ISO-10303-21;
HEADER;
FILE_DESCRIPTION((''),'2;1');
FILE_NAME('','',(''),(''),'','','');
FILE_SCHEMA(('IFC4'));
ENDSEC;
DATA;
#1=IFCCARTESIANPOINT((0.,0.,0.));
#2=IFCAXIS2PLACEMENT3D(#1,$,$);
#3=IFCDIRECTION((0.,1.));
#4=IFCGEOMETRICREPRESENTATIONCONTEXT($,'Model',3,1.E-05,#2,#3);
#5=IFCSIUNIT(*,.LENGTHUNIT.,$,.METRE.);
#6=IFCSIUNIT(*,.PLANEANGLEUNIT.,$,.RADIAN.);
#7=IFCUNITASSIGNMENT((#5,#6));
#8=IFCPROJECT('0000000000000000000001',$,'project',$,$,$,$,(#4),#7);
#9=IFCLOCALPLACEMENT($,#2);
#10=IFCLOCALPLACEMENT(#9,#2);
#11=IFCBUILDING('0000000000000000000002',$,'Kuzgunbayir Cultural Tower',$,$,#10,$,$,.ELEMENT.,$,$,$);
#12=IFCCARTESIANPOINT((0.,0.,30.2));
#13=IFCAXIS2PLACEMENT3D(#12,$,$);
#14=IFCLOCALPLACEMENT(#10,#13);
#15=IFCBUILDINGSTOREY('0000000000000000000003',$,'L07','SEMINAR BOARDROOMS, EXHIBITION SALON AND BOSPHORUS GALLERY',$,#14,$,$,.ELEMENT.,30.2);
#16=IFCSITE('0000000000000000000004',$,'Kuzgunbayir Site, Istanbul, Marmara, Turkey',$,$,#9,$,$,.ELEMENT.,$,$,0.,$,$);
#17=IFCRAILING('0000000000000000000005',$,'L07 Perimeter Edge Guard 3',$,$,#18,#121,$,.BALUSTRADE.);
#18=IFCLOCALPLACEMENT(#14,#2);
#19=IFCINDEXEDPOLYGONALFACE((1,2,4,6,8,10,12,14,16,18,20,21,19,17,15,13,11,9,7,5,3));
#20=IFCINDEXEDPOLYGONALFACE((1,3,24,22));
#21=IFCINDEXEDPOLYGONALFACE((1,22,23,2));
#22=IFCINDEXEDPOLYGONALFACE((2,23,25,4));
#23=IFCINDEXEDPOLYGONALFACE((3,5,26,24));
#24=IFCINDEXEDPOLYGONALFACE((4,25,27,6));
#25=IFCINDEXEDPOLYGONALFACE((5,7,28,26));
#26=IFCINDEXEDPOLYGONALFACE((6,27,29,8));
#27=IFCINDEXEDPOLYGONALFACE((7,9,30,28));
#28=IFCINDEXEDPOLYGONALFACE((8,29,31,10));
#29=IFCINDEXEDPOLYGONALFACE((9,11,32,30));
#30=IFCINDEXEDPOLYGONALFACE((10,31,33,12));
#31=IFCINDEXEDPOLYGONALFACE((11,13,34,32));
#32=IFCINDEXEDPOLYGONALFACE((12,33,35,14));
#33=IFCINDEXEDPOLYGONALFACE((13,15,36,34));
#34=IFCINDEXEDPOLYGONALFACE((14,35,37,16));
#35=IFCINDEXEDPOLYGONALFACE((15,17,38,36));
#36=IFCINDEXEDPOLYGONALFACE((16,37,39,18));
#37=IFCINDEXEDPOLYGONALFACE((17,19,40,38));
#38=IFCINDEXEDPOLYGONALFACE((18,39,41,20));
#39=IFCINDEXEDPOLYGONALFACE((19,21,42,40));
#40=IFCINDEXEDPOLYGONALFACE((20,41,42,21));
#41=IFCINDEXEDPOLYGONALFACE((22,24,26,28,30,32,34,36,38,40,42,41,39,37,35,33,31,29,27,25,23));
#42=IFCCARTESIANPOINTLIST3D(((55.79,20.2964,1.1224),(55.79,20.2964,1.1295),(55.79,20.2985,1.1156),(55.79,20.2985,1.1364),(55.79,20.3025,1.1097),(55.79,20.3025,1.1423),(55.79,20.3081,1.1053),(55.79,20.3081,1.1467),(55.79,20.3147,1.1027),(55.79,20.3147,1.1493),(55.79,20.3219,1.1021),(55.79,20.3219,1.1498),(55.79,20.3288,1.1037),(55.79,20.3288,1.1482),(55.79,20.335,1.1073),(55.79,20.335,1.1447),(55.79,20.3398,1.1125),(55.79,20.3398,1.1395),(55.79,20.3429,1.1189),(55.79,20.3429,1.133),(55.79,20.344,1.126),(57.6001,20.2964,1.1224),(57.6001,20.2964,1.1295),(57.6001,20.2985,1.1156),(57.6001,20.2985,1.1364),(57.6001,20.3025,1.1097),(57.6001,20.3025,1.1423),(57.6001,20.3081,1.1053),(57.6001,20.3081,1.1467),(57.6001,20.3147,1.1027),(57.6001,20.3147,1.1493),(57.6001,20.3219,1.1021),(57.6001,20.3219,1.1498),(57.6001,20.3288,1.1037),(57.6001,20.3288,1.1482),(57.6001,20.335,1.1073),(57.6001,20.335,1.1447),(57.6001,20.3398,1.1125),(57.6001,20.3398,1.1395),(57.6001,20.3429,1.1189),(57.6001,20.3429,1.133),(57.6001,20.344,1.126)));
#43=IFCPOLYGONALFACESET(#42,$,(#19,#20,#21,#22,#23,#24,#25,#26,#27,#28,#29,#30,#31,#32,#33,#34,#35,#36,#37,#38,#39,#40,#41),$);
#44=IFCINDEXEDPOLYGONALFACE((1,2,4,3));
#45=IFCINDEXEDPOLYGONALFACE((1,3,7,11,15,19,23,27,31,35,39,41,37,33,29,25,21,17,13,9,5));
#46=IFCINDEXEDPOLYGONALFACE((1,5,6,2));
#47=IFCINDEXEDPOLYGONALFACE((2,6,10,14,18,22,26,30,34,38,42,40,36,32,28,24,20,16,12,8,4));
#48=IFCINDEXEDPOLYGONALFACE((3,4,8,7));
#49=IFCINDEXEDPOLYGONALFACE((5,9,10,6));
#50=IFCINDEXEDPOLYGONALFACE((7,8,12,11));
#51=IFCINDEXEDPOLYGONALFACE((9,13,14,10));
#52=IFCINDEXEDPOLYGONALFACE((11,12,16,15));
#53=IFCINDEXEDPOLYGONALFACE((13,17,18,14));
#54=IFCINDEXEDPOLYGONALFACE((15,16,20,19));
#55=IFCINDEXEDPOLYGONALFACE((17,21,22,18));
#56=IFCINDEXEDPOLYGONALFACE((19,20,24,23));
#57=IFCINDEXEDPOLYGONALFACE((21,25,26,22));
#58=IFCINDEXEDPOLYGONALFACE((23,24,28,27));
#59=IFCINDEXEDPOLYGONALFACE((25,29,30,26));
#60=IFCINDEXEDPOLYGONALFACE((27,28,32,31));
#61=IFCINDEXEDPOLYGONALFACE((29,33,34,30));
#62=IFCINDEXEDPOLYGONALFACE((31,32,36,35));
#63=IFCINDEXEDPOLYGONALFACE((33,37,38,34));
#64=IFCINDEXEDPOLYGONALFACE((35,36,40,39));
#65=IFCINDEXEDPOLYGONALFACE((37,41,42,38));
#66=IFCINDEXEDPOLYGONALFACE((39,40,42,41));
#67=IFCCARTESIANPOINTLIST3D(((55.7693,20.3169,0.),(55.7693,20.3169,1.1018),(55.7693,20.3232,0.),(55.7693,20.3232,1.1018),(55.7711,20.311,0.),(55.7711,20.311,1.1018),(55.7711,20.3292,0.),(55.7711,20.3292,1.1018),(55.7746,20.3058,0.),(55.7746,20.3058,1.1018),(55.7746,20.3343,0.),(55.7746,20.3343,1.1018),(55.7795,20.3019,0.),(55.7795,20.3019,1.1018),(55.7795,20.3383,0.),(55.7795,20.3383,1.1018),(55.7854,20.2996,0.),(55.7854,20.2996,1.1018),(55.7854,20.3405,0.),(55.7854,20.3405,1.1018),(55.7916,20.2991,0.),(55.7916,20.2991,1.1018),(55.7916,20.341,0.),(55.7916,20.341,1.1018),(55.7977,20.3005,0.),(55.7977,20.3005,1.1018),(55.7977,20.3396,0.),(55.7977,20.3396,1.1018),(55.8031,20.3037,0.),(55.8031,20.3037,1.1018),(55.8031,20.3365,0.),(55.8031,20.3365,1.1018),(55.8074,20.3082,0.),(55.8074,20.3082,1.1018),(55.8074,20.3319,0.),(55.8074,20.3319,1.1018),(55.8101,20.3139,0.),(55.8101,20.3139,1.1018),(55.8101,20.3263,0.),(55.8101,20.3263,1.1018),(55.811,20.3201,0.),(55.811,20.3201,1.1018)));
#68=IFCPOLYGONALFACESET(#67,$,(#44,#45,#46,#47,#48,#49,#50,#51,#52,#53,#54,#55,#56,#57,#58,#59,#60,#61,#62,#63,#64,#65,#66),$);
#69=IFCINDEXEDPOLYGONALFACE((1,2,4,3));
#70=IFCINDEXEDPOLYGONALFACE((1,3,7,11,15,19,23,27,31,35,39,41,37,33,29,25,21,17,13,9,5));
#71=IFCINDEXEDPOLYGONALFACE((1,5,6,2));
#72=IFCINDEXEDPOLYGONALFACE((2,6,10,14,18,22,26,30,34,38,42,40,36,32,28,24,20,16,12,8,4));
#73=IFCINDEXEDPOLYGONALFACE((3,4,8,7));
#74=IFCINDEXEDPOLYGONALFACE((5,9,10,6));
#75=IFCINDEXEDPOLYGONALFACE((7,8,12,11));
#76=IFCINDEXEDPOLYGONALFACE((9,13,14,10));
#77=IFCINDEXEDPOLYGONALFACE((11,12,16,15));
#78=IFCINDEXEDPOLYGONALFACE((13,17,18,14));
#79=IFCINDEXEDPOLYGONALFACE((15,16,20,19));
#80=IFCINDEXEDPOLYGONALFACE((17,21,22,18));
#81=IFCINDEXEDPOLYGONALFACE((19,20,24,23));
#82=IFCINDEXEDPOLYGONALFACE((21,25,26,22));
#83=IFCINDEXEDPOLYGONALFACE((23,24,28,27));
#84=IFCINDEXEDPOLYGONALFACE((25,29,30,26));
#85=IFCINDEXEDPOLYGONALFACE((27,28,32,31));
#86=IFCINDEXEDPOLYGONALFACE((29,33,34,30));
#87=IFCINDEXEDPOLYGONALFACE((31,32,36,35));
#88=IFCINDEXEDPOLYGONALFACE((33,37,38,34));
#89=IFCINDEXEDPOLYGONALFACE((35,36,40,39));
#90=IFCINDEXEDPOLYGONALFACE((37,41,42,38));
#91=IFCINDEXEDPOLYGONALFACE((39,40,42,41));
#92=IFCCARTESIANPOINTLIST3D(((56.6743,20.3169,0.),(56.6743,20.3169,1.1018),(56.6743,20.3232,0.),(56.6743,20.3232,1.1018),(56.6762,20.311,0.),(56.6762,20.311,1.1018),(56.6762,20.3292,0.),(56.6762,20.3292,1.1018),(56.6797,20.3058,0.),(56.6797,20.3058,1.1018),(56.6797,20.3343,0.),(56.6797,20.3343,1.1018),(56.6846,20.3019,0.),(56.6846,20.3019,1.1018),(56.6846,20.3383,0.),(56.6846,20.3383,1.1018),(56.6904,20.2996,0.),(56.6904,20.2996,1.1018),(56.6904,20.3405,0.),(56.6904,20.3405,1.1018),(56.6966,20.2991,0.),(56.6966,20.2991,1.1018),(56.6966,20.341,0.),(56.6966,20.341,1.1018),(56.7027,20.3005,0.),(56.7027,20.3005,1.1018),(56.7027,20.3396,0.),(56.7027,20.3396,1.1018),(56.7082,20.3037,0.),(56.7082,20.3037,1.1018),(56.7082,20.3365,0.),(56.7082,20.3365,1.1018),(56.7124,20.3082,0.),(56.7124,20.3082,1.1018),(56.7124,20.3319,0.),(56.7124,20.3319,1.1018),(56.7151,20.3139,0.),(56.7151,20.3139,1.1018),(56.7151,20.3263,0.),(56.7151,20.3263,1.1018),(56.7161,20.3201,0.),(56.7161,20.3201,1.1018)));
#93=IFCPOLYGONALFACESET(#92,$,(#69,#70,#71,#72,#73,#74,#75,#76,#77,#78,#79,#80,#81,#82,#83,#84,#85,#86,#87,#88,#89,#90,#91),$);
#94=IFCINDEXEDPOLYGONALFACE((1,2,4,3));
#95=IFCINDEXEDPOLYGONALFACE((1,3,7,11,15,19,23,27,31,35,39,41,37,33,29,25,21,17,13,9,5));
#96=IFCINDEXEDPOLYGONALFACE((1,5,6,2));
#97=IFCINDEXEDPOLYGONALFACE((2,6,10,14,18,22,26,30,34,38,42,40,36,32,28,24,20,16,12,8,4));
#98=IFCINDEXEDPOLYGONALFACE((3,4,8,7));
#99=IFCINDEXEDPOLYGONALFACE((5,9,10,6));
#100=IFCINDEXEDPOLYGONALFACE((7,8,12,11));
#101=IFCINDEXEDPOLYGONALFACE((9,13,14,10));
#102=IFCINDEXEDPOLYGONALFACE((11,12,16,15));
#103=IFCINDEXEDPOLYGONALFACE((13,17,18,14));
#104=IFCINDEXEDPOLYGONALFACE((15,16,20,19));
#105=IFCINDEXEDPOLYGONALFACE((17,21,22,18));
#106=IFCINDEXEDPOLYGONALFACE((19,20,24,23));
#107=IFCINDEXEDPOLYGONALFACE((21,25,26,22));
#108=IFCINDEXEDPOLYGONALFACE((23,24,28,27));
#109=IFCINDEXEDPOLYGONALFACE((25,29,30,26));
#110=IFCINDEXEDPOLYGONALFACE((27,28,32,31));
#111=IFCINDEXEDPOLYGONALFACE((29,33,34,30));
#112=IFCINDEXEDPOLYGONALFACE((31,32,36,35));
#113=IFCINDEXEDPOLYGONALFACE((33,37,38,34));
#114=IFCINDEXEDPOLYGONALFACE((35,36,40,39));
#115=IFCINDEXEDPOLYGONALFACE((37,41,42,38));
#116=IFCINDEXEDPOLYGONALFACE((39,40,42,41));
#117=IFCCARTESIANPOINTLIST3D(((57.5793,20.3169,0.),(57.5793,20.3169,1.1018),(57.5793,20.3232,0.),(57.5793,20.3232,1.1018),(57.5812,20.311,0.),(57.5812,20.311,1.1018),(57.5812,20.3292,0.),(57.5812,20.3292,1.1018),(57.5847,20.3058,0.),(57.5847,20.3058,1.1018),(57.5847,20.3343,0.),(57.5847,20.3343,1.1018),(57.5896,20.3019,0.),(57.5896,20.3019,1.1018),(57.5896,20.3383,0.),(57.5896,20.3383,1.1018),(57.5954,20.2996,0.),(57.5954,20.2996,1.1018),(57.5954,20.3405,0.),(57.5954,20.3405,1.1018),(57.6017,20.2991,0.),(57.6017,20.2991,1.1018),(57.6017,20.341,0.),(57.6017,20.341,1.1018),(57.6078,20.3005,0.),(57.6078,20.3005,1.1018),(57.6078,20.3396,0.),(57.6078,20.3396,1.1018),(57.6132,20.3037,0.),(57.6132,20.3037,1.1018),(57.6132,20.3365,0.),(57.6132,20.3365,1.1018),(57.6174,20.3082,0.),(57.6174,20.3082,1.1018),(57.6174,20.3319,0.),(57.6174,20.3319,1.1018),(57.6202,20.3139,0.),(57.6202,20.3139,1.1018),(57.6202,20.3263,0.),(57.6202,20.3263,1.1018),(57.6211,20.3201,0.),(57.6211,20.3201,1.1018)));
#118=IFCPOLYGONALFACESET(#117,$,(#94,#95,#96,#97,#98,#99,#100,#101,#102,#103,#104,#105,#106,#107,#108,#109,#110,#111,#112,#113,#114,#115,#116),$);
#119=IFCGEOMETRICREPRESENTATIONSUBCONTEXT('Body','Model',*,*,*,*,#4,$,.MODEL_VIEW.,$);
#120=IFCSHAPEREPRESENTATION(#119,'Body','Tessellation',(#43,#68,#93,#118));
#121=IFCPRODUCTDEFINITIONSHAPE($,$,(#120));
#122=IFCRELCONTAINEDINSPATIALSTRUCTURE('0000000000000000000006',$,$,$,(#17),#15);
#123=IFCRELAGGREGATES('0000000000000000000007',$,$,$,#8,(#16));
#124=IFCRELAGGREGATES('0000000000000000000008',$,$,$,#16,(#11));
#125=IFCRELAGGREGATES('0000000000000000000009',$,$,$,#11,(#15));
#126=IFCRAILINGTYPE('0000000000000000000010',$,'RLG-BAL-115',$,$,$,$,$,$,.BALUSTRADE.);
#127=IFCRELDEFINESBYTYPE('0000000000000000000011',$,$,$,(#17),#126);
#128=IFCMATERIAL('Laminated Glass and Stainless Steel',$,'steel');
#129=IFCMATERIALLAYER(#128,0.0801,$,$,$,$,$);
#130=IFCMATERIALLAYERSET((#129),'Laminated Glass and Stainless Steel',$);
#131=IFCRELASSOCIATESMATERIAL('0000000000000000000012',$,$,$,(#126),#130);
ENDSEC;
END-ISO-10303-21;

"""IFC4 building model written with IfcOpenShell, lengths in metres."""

from ifc_helpers import new_model, si_unit, direction, frame, origin, origin_2d, place, context, subcontext, project, spatial, circle, extrude, material, layer, layer_set, type_object, element, save


model = new_model("IFC4")

# Units and contexts
model_context = context("Model", 3, precision=1e-05, world=origin(), true_north=direction((0.0, 1.0)))
body_context = subcontext(model_context, "Body", "Model", "MODEL_VIEW")
ifc_project = project(units=[si_unit("LENGTHUNIT", "METRE"), si_unit("PLANEANGLEUNIT", "RADIAN")], contexts=[model_context])

# Site, building, storey
site_placement = place(None, origin())
site = spatial("IfcSite", under=ifc_project, at=site_placement, Name="Kuzgunbayir Site, Istanbul, Marmara, Turkey", CompositionType="ELEMENT", RefElevation=0.0)
building_placement = place(site_placement, origin())
building = spatial("IfcBuilding", under=site, at=building_placement, Name="Kuzgunbayir Cultural Tower", CompositionType="ELEMENT")
storey_placement = place(building_placement, frame((0.0, 0.0, 30.2)))
storey = spatial("IfcBuildingStorey", under=building, at=storey_placement, Name="L07", Description="SEMINAR BOARDROOMS, EXHIBITION SALON AND BOSPHORUS GALLERY", CompositionType="ELEMENT", Elevation=30.2)

# Railing
ifc_material_1 = material(Name="Laminated Glass and Stainless Steel", Category="steel")
ifc_layer_1 = layer(ifc_material_1, 0.0801)
ifc_layer_set_1 = layer_set([ifc_layer_1], Name="Laminated Glass and Stainless Steel")
railing_type = type_object("IfcRailingType", Name="RLG-BAL-115", PredefinedType="BALUSTRADE", material=ifc_layer_set_1)
railing_1_placement = place(storey_placement, frame((55.79, 20.3201, 0.0)))
element("IfcRailing", 1, at=railing_1_placement, inside=storey, type_object=railing_type, Name="L07 Perimeter Edge Guard 3", PredefinedType="BALUSTRADE", context=body_context, shape_type="SweptSolid", body=[
    extrude(circle(Radius=0.0239, at=origin_2d()), frame((0.0, 0.0, 1.126), z_axis=(1.0, 0.0, 0.0), x_axis=(0.0, 1.0, 0.0)), (0.0, 0.0, 1.0), 1.8101),
    extrude(circle(Radius=0.021, at=origin_2d()), origin(), (0.0, 0.0, 1.0), 1.1018),
    extrude(circle(Radius=0.021, at=origin_2d()), frame((0.905, 0.0, 0.0)), (0.0, 0.0, 1.0), 1.1018),
    extrude(circle(Radius=0.021, at=origin_2d()), frame((1.8101, 0.0, 0.0)), (0.0, 0.0, 1.0), 1.1018),
])

save(model, "model.ifc")
